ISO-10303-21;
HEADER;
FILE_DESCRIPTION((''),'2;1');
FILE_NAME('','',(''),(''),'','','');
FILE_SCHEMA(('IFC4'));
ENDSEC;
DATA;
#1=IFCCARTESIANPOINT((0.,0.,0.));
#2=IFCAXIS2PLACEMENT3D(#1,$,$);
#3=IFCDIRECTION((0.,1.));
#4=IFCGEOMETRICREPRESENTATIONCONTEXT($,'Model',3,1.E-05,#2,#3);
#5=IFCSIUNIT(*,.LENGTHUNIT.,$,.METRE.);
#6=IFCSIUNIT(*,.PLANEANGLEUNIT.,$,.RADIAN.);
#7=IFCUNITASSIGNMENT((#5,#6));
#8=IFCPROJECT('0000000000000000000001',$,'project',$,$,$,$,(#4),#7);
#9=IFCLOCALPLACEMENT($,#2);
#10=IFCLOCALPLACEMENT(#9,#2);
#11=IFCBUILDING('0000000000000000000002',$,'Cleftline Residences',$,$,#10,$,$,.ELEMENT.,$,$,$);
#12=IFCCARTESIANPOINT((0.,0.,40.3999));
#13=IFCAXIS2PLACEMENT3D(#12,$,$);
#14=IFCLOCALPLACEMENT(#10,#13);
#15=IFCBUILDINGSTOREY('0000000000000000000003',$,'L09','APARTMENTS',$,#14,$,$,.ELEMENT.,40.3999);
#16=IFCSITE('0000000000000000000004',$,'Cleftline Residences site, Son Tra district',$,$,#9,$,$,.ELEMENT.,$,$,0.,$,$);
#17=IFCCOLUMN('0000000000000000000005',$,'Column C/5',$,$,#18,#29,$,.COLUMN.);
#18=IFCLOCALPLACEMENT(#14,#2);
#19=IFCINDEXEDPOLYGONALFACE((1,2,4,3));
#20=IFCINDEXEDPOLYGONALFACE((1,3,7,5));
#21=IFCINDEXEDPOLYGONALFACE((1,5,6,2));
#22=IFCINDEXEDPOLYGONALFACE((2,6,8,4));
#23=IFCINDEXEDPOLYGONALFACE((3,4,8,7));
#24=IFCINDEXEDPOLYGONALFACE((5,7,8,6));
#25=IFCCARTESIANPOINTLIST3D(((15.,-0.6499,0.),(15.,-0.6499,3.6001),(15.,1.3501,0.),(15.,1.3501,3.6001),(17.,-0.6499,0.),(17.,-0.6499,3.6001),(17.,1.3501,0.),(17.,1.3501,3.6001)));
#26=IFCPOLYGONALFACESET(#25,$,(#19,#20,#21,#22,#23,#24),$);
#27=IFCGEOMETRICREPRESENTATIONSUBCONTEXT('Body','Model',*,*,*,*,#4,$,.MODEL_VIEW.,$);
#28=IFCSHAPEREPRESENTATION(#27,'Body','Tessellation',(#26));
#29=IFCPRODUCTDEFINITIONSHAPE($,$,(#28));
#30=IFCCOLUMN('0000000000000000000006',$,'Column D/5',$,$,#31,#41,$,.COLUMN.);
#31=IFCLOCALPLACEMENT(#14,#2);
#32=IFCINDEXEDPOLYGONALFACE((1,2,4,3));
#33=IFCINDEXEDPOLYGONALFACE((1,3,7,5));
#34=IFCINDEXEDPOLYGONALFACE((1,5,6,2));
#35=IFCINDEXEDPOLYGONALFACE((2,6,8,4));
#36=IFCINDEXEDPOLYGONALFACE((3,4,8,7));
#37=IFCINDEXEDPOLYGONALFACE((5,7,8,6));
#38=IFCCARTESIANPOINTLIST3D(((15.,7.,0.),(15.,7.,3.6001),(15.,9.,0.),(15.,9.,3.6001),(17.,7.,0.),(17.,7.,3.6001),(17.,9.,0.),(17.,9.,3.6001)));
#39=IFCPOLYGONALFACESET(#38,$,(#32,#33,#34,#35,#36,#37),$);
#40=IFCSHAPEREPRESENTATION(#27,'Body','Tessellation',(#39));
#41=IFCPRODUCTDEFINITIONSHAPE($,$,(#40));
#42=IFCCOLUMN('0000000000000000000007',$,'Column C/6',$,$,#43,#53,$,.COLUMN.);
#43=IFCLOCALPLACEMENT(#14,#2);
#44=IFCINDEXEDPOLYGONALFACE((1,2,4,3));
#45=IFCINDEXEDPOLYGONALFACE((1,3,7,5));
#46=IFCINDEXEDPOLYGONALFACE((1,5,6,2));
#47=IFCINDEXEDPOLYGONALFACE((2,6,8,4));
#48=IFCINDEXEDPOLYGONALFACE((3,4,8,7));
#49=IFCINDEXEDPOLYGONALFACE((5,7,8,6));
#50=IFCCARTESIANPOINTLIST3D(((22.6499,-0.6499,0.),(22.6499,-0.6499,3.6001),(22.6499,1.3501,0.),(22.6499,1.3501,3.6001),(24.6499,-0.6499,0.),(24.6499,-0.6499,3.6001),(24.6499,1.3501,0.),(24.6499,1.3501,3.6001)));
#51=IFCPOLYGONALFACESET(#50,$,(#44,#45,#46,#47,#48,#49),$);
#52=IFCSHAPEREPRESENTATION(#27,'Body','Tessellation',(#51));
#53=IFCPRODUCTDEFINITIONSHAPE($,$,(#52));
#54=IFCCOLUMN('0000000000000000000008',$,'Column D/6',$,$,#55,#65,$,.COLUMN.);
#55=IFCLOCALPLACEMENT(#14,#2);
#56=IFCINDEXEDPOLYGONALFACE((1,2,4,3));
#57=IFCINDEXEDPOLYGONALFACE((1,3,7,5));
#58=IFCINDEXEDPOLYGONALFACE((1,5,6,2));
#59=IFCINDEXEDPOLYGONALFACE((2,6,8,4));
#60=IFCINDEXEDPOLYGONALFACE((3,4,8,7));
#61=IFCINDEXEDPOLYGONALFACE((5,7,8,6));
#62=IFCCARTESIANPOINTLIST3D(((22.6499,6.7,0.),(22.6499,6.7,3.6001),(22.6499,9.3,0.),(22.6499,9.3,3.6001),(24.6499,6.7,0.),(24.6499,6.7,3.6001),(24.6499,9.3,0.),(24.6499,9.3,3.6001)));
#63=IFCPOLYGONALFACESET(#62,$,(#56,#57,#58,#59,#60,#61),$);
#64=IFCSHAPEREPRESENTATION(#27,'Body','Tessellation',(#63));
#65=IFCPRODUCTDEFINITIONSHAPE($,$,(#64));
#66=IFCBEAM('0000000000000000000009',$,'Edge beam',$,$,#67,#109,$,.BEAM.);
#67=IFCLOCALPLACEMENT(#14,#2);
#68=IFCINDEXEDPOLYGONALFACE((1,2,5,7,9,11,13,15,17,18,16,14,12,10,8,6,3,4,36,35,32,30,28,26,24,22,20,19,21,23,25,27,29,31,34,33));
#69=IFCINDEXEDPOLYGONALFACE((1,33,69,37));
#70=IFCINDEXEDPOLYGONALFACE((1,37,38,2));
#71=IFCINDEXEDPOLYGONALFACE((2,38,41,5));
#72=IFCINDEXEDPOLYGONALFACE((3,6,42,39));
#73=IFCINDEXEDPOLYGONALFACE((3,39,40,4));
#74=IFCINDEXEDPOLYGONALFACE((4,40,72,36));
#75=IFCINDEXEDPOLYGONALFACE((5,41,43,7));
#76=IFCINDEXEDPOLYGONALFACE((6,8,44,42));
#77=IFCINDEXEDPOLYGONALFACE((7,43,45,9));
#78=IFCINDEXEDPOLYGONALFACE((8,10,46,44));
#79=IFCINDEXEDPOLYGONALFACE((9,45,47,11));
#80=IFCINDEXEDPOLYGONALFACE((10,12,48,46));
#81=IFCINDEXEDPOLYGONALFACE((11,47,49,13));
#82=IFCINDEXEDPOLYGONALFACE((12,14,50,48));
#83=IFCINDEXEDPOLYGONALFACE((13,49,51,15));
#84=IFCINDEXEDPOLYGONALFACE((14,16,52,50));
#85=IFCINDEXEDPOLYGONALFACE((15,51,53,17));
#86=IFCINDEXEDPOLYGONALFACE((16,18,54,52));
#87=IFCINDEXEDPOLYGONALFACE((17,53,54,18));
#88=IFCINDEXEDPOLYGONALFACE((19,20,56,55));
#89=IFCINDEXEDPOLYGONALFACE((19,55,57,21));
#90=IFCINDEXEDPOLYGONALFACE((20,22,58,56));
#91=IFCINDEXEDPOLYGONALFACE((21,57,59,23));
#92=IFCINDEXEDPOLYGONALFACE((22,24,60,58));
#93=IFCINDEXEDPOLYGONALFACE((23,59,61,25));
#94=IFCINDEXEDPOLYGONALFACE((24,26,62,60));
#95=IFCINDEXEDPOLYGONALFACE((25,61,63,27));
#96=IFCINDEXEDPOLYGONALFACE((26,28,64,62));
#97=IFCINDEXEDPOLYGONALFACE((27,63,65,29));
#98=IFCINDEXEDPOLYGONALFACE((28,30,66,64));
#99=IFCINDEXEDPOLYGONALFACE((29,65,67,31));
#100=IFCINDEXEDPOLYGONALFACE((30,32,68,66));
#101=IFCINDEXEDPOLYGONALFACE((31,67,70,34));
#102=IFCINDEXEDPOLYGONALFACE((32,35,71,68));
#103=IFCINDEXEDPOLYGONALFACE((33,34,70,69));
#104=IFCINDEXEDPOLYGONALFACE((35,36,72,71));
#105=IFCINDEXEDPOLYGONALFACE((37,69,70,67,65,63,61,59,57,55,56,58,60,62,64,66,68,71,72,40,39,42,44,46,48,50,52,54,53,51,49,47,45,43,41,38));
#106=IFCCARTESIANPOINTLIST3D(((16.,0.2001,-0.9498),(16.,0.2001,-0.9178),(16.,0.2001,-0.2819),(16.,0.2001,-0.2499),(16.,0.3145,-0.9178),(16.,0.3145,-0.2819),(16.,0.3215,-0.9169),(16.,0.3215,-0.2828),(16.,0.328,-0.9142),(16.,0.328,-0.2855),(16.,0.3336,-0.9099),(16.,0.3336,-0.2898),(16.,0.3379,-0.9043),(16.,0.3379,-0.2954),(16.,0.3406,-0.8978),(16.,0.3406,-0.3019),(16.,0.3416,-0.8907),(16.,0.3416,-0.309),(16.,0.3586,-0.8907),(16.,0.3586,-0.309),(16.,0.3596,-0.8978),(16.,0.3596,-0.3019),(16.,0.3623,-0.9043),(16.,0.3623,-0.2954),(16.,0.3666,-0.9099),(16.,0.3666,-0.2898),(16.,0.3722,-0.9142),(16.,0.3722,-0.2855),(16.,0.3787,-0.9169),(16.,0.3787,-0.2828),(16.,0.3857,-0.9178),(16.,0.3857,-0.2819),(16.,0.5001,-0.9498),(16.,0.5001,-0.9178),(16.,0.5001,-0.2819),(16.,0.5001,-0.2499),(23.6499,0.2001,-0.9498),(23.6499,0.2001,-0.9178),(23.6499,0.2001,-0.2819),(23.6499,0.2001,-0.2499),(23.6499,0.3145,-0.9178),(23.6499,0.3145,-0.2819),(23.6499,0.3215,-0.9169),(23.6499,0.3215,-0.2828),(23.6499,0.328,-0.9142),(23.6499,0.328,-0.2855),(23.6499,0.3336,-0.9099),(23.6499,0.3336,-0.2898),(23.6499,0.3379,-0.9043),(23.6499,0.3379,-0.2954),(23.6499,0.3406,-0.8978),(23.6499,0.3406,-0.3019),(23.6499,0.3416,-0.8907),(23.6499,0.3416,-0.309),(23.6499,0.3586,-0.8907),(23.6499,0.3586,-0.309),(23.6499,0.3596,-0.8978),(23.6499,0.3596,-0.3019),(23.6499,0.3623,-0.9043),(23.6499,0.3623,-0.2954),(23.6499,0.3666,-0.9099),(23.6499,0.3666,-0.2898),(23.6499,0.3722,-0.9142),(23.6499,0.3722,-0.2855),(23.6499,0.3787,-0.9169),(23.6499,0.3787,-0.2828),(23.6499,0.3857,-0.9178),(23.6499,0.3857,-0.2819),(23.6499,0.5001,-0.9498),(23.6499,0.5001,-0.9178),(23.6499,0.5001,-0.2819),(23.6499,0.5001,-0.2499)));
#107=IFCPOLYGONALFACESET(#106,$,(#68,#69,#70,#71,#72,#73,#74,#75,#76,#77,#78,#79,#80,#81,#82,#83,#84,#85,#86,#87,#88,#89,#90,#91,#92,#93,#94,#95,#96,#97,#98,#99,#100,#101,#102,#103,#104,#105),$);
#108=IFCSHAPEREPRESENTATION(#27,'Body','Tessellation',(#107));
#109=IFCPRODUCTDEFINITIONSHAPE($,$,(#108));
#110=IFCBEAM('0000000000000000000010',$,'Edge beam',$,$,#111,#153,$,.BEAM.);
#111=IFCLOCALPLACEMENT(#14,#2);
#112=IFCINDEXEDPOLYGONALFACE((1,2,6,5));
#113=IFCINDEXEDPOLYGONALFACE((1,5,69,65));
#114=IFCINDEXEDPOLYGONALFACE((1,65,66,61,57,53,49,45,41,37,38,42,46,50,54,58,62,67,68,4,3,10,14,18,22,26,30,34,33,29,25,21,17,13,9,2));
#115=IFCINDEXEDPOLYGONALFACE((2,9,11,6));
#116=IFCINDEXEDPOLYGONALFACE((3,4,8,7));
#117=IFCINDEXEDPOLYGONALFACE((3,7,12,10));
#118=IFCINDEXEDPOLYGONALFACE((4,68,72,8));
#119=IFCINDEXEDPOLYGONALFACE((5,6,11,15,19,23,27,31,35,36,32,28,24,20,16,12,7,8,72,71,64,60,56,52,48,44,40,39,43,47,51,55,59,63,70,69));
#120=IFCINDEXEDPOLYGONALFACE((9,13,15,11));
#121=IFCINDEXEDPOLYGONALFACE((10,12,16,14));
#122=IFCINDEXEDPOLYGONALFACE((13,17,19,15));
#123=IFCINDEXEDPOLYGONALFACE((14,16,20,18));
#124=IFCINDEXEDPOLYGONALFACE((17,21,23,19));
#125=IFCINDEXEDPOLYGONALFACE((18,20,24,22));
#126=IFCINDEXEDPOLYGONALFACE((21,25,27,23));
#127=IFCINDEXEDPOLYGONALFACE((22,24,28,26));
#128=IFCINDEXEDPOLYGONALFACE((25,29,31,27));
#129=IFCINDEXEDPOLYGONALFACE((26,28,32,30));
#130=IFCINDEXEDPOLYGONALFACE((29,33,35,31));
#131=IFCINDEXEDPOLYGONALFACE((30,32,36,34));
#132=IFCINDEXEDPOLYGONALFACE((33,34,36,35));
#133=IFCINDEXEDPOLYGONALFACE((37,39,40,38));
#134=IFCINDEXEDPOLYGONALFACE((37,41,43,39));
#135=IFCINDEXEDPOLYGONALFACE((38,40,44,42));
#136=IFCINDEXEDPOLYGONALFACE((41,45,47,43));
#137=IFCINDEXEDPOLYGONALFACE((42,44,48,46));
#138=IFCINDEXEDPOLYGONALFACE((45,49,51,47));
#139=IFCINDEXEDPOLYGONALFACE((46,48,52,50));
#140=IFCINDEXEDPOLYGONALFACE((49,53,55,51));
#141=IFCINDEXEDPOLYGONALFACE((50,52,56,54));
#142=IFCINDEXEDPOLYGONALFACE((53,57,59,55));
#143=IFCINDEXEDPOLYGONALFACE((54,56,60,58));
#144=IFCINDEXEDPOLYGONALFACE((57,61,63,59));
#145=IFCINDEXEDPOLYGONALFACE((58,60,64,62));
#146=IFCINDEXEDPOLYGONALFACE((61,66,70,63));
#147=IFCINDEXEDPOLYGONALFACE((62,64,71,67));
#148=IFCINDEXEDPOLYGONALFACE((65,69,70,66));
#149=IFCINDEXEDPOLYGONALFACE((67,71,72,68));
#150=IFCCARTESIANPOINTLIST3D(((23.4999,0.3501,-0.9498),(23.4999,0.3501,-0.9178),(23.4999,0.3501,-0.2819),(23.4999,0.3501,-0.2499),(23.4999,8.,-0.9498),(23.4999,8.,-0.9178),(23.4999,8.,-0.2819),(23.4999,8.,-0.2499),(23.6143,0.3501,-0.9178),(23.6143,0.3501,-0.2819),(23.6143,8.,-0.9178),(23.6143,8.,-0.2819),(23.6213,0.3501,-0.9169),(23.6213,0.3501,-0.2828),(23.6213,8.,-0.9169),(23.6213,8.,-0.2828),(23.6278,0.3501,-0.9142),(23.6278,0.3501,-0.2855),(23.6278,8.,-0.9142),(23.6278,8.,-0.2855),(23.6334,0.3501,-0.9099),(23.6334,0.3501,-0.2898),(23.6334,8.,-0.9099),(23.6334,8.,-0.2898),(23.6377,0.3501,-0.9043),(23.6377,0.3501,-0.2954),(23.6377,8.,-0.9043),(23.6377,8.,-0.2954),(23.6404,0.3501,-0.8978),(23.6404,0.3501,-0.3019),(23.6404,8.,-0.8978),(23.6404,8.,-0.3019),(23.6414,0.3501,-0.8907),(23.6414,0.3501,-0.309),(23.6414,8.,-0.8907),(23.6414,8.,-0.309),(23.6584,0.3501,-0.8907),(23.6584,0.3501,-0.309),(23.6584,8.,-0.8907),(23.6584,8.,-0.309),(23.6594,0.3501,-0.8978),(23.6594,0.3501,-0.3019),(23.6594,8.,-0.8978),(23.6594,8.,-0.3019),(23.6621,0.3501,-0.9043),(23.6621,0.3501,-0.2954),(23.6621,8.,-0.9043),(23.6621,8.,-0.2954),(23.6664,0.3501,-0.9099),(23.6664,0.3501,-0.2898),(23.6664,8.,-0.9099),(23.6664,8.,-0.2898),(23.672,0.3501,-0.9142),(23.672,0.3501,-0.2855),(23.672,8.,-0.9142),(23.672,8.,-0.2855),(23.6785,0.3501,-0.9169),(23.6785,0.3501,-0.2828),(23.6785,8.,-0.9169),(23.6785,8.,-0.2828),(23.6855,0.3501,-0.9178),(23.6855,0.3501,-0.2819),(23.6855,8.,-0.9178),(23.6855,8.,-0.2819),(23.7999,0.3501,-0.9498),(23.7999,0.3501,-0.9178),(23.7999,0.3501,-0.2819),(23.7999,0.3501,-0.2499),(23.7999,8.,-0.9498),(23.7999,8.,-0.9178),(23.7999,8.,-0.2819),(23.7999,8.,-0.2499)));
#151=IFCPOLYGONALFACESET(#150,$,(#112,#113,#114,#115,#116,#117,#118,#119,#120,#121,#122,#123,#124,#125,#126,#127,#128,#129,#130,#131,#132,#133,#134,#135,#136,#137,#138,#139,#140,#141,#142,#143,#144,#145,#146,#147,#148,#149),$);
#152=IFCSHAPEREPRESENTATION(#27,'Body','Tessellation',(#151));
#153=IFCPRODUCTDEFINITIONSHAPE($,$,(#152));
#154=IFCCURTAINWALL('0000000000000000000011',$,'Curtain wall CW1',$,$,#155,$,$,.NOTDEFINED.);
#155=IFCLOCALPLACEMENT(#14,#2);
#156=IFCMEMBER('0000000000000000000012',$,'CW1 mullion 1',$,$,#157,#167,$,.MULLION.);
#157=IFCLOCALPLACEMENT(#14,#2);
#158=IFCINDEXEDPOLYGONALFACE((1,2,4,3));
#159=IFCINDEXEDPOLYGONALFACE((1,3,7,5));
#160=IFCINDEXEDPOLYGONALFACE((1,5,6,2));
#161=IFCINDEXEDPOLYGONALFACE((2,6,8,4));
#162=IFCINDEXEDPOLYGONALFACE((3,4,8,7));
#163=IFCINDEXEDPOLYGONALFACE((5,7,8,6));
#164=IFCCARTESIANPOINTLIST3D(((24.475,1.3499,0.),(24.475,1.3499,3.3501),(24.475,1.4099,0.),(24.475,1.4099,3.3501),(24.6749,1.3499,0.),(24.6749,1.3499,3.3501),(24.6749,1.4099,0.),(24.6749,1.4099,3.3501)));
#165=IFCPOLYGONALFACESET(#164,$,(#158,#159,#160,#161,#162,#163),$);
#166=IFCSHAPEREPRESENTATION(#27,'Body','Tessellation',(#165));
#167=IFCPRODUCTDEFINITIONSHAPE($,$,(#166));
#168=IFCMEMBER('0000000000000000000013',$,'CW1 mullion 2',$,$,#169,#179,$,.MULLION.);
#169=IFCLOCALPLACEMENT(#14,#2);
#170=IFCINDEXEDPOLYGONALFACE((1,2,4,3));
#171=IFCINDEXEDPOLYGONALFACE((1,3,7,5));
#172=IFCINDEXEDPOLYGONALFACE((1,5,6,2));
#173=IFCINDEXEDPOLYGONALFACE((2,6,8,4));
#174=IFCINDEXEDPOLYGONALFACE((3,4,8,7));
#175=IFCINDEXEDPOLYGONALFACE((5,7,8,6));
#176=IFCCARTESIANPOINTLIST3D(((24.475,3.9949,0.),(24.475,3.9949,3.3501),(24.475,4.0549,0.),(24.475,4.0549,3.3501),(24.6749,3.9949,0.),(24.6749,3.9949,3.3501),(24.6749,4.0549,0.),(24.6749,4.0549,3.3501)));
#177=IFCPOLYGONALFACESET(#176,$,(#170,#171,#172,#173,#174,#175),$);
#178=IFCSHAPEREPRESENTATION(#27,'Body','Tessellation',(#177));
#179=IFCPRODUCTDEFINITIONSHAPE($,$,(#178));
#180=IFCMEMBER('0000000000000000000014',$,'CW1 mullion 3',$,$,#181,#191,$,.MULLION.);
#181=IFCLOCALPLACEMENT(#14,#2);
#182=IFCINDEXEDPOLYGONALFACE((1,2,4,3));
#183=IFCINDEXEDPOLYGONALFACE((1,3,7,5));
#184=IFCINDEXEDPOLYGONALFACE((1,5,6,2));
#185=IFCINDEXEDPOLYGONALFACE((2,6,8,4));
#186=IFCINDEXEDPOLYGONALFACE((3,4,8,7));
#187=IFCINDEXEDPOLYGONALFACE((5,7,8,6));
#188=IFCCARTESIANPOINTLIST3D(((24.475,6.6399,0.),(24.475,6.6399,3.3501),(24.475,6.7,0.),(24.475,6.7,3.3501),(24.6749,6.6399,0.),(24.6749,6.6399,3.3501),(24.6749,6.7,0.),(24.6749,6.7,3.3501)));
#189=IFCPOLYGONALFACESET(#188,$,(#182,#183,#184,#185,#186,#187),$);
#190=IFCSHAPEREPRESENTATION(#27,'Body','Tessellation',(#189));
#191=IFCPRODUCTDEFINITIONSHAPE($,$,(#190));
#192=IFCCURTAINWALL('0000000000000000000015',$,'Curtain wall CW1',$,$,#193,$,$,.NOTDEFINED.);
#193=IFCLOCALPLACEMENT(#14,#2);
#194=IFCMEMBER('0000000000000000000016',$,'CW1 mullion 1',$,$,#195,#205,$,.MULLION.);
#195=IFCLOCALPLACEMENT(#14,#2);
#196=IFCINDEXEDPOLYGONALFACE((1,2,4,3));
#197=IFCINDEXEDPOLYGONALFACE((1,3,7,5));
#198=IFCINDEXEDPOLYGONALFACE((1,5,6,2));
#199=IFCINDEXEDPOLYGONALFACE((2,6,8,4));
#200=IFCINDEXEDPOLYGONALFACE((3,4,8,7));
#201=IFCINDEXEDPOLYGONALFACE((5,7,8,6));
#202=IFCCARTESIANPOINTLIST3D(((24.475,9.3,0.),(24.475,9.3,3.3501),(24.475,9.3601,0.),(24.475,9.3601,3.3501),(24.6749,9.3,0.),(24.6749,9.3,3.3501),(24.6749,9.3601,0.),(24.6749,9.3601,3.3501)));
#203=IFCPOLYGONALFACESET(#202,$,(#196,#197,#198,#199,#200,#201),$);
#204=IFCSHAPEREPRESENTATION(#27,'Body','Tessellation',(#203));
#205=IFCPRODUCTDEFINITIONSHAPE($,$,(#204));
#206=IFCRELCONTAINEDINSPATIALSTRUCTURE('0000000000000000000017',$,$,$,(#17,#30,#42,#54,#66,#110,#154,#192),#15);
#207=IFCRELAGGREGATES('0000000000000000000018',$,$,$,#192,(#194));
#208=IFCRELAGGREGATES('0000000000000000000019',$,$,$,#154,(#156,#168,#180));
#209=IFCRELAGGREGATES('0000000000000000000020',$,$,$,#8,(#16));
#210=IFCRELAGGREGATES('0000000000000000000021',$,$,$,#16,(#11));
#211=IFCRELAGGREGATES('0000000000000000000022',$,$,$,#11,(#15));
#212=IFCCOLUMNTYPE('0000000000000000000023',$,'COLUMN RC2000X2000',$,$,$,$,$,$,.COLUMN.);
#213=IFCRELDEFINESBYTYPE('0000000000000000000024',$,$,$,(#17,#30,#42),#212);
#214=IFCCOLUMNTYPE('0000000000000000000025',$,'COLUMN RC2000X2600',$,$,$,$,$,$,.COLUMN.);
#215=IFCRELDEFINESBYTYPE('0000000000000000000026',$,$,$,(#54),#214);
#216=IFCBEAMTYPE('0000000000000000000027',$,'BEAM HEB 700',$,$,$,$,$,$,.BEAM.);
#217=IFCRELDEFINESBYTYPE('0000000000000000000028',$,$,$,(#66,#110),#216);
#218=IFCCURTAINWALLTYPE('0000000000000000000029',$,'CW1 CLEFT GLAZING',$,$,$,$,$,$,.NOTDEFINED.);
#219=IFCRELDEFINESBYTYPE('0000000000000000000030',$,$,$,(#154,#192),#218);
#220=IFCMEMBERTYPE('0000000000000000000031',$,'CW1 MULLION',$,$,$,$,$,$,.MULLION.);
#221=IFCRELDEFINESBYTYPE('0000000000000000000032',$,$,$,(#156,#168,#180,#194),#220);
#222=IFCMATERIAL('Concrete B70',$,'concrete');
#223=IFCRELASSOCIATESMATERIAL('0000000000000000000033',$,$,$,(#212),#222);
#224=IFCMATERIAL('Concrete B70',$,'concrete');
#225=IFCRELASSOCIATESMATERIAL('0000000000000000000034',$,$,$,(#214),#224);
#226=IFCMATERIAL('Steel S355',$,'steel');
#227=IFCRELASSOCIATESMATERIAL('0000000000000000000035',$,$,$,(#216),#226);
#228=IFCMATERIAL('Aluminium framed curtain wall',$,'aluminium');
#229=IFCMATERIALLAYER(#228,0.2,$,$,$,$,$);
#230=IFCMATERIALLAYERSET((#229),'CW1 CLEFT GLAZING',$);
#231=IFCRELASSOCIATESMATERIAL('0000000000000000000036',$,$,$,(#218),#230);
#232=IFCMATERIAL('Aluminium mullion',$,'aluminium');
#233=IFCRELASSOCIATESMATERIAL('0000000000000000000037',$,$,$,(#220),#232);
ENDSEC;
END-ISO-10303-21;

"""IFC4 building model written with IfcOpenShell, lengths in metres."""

from ifc_helpers import new_model, si_unit, direction, frame, origin, origin_2d, place, context, subcontext, project, spatial, rectangle, i_section, extrude, material, layer, layer_set, material_profile, profile_set, type_object, element, aggregate, save


model = new_model("IFC4")

# Units and contexts
model_context = context("Model", 3, precision=1e-05, world=origin(), true_north=direction((0.0, 1.0)))
body_context = subcontext(model_context, "Body", "Model", "MODEL_VIEW")
ifc_project = project(units=[si_unit("LENGTHUNIT", "METRE"), si_unit("PLANEANGLEUNIT", "RADIAN")], contexts=[model_context])

# Site, building, storey
site_placement = place(None, origin())
site = spatial("IfcSite", under=ifc_project, at=site_placement, Name="Cleftline Residences site, Son Tra district", CompositionType="ELEMENT", RefElevation=0.0)
building_placement = place(site_placement, origin())
building = spatial("IfcBuilding", under=site, at=building_placement, Name="Cleftline Residences", CompositionType="ELEMENT")
storey_placement = place(building_placement, frame((0.0, 0.0, 40.3999)))
storey = spatial("IfcBuildingStorey", under=building, at=storey_placement, Name="L09", Description="APARTMENTS", CompositionType="ELEMENT", Elevation=40.3999)

# Columns
ifc_material_1 = material(Name="Concrete B70", Category="concrete")
ifc_material_profile_1 = material_profile(ifc_material_1, rectangle(XDim=2.0, YDim=2.0, at=origin_2d()))
ifc_profile_set_1 = profile_set([ifc_material_profile_1], Name="Concrete B70")
column_type_1 = type_object("IfcColumnType", Name="COLUMN RC2000X2000", PredefinedType="COLUMN", material=ifc_profile_set_1)
for number, where, z_axis, x_axis, name in (
    (1, (16.0, 0.3501, 0.0), (0.0, 0.0, 1.0), (1.0, 0.0, 0.0), "Column C/5"),
    (2, (16.0, 8.0, 0.0), (0.0, 0.0, 1.0), (1.0, 0.0, 0.0), "Column D/5"),
    (3, (23.6499, 0.3501, 0.0), (0.0, 0.0, 1.0), (1.0, 0.0, 0.0), "Column C/6"),
):
    element("IfcColumn", number, at=place(storey_placement, frame(where, z_axis=z_axis, x_axis=x_axis)), inside=storey, type_object=column_type_1, Name=name, PredefinedType="COLUMN", context=body_context, shape_type="SweptSolid", body=[
        extrude(rectangle(XDim=2.0, YDim=2.0, at=origin_2d()), origin(), (0.0, 0.0, 1.0), 3.6001),
    ])
ifc_material_2 = material(Name="Concrete B70", Category="concrete")
ifc_material_profile_2 = material_profile(ifc_material_2, rectangle(XDim=2.0, YDim=2.6001, at=origin_2d()))
ifc_profile_set_2 = profile_set([ifc_material_profile_2], Name="Concrete B70")
column_type_2 = type_object("IfcColumnType", Name="COLUMN RC2000X2600", PredefinedType="COLUMN", material=ifc_profile_set_2)
column_placement = place(storey_placement, frame((23.6499, 8.0, 0.0), z_axis=(0.0, 0.0, 1.0), x_axis=(1.0, 0.0, 0.0)))
element("IfcColumn", 4, at=column_placement, inside=storey, type_object=column_type_2, Name="Column D/6", PredefinedType="COLUMN", context=body_context, shape_type="SweptSolid", body=[
    extrude(rectangle(XDim=2.0, YDim=2.6001, at=origin_2d()), origin(), (0.0, 0.0, 1.0), 3.6001),
])

# Beams
ifc_material_3 = material(Name="Steel S355", Category="steel")
ifc_material_profile_3 = material_profile(ifc_material_3, i_section(OverallWidth=0.3, OverallDepth=0.7, WebThickness=0.0171, FlangeThickness=0.032, FilletRadius=0.0271, at=origin_2d()))
ifc_profile_set_3 = profile_set([ifc_material_profile_3], Name="Steel S355")
beam_type = type_object("IfcBeamType", Name="BEAM HEB 700", PredefinedType="BEAM", material=ifc_profile_set_3)
for number, where, z_axis, x_axis, name in (
    (5, (16.0, 0.3501, -0.5999), (1.0, 0.0, 0.0), (0.0, 1.0, 0.0), "Edge beam"),
    (6, (23.6499, 0.3501, -0.5999), (0.0, 1.0, 0.0), (-1.0, 0.0, 0.0), "Edge beam"),
):
    element("IfcBeam", number, at=place(storey_placement, frame(where, z_axis=z_axis, x_axis=x_axis)), inside=storey, type_object=beam_type, Name=name, PredefinedType="BEAM", context=body_context, shape_type="SweptSolid", body=[
        extrude(i_section(OverallWidth=0.3, OverallDepth=0.7, WebThickness=0.0171, FlangeThickness=0.032, FilletRadius=0.0271, at=origin_2d()), origin(), (0.0, 0.0, 1.0), 7.6499),
    ])

# Curtain wall, members
ifc_material_4 = material(Name="Aluminium framed curtain wall", Category="aluminium")
ifc_layer_1 = layer(ifc_material_4, 0.2)
ifc_layer_set_1 = layer_set([ifc_layer_1], Name="CW1 CLEFT GLAZING")
curtain_wall_type = type_object("IfcCurtainWallType", Name="CW1 CLEFT GLAZING", PredefinedType="NOTDEFINED", material=ifc_layer_set_1)
curtain_wall_1_placement = place(storey_placement, origin())
curtain_wall_1 = element("IfcCurtainWall", 7, at=curtain_wall_1_placement, inside=storey, type_object=curtain_wall_type, Name="Curtain wall CW1", PredefinedType="NOTDEFINED")
ifc_material_5 = material(Name="Aluminium mullion", Category="aluminium")
ifc_material_profile_4 = material_profile(ifc_material_5, rectangle(XDim=0.2, YDim=0.0601, at=origin_2d()))
ifc_profile_set_4 = profile_set([ifc_material_profile_4], Name="Aluminium mullion")
member_type_1 = type_object("IfcMemberType", Name="CW1 MULLION", PredefinedType="MULLION", material=ifc_profile_set_4)
member_1_placement = place(storey_placement, frame((24.575, 1.3799, 0.0), z_axis=(0.0, 0.0, 1.0), x_axis=(-1.0, 0.0, 0.0)))
member_1 = element("IfcMember", 8, at=member_1_placement, type_object=member_type_1, Name="CW1 mullion 1", PredefinedType="MULLION", context=body_context, shape_type="SweptSolid", body=[
    extrude(rectangle(XDim=0.2, YDim=0.0601, at=origin_2d()), origin(), (0.0, 0.0, 1.0), 3.3501),
])
member_2_placement = place(storey_placement, frame((24.575, 4.0249, 0.0), z_axis=(0.0, 0.0, 1.0), x_axis=(-1.0, 0.0, 0.0)))
member_2 = element("IfcMember", 9, at=member_2_placement, type_object=member_type_1, Name="CW1 mullion 2", PredefinedType="MULLION", context=body_context, shape_type="SweptSolid", body=[
    extrude(rectangle(XDim=0.2, YDim=0.0601, at=origin_2d()), origin(), (0.0, 0.0, 1.0), 3.3501),
])
member_3_placement = place(storey_placement, frame((24.575, 6.6699, 0.0), z_axis=(0.0, 0.0, 1.0), x_axis=(-1.0, 0.0, 0.0)))
member_3 = element("IfcMember", 10, at=member_3_placement, type_object=member_type_1, Name="CW1 mullion 3", PredefinedType="MULLION", context=body_context, shape_type="SweptSolid", body=[
    extrude(rectangle(XDim=0.2, YDim=0.0601, at=origin_2d()), origin(), (0.0, 0.0, 1.0), 3.3501),
])

# Curtain wall, member
curtain_wall_2_placement = place(storey_placement, origin())
curtain_wall_2 = element("IfcCurtainWall", 11, at=curtain_wall_2_placement, inside=storey, type_object=curtain_wall_type, Name="Curtain wall CW1", PredefinedType="NOTDEFINED")
member_4_placement = place(storey_placement, frame((24.575, 9.3301, 0.0), z_axis=(0.0, 0.0, 1.0), x_axis=(-1.0, 0.0, 0.0)))
member_4 = element("IfcMember", 12, at=member_4_placement, type_object=member_type_1, Name="CW1 mullion 1", PredefinedType="MULLION", context=body_context, shape_type="SweptSolid", body=[
    extrude(rectangle(XDim=0.2, YDim=0.0601, at=origin_2d()), origin(), (0.0, 0.0, 1.0), 3.3501),
])

aggregate(curtain_wall_2, [member_4])

aggregate(curtain_wall_1, [member_1, member_2, member_3])

save(model, "model.ifc")
